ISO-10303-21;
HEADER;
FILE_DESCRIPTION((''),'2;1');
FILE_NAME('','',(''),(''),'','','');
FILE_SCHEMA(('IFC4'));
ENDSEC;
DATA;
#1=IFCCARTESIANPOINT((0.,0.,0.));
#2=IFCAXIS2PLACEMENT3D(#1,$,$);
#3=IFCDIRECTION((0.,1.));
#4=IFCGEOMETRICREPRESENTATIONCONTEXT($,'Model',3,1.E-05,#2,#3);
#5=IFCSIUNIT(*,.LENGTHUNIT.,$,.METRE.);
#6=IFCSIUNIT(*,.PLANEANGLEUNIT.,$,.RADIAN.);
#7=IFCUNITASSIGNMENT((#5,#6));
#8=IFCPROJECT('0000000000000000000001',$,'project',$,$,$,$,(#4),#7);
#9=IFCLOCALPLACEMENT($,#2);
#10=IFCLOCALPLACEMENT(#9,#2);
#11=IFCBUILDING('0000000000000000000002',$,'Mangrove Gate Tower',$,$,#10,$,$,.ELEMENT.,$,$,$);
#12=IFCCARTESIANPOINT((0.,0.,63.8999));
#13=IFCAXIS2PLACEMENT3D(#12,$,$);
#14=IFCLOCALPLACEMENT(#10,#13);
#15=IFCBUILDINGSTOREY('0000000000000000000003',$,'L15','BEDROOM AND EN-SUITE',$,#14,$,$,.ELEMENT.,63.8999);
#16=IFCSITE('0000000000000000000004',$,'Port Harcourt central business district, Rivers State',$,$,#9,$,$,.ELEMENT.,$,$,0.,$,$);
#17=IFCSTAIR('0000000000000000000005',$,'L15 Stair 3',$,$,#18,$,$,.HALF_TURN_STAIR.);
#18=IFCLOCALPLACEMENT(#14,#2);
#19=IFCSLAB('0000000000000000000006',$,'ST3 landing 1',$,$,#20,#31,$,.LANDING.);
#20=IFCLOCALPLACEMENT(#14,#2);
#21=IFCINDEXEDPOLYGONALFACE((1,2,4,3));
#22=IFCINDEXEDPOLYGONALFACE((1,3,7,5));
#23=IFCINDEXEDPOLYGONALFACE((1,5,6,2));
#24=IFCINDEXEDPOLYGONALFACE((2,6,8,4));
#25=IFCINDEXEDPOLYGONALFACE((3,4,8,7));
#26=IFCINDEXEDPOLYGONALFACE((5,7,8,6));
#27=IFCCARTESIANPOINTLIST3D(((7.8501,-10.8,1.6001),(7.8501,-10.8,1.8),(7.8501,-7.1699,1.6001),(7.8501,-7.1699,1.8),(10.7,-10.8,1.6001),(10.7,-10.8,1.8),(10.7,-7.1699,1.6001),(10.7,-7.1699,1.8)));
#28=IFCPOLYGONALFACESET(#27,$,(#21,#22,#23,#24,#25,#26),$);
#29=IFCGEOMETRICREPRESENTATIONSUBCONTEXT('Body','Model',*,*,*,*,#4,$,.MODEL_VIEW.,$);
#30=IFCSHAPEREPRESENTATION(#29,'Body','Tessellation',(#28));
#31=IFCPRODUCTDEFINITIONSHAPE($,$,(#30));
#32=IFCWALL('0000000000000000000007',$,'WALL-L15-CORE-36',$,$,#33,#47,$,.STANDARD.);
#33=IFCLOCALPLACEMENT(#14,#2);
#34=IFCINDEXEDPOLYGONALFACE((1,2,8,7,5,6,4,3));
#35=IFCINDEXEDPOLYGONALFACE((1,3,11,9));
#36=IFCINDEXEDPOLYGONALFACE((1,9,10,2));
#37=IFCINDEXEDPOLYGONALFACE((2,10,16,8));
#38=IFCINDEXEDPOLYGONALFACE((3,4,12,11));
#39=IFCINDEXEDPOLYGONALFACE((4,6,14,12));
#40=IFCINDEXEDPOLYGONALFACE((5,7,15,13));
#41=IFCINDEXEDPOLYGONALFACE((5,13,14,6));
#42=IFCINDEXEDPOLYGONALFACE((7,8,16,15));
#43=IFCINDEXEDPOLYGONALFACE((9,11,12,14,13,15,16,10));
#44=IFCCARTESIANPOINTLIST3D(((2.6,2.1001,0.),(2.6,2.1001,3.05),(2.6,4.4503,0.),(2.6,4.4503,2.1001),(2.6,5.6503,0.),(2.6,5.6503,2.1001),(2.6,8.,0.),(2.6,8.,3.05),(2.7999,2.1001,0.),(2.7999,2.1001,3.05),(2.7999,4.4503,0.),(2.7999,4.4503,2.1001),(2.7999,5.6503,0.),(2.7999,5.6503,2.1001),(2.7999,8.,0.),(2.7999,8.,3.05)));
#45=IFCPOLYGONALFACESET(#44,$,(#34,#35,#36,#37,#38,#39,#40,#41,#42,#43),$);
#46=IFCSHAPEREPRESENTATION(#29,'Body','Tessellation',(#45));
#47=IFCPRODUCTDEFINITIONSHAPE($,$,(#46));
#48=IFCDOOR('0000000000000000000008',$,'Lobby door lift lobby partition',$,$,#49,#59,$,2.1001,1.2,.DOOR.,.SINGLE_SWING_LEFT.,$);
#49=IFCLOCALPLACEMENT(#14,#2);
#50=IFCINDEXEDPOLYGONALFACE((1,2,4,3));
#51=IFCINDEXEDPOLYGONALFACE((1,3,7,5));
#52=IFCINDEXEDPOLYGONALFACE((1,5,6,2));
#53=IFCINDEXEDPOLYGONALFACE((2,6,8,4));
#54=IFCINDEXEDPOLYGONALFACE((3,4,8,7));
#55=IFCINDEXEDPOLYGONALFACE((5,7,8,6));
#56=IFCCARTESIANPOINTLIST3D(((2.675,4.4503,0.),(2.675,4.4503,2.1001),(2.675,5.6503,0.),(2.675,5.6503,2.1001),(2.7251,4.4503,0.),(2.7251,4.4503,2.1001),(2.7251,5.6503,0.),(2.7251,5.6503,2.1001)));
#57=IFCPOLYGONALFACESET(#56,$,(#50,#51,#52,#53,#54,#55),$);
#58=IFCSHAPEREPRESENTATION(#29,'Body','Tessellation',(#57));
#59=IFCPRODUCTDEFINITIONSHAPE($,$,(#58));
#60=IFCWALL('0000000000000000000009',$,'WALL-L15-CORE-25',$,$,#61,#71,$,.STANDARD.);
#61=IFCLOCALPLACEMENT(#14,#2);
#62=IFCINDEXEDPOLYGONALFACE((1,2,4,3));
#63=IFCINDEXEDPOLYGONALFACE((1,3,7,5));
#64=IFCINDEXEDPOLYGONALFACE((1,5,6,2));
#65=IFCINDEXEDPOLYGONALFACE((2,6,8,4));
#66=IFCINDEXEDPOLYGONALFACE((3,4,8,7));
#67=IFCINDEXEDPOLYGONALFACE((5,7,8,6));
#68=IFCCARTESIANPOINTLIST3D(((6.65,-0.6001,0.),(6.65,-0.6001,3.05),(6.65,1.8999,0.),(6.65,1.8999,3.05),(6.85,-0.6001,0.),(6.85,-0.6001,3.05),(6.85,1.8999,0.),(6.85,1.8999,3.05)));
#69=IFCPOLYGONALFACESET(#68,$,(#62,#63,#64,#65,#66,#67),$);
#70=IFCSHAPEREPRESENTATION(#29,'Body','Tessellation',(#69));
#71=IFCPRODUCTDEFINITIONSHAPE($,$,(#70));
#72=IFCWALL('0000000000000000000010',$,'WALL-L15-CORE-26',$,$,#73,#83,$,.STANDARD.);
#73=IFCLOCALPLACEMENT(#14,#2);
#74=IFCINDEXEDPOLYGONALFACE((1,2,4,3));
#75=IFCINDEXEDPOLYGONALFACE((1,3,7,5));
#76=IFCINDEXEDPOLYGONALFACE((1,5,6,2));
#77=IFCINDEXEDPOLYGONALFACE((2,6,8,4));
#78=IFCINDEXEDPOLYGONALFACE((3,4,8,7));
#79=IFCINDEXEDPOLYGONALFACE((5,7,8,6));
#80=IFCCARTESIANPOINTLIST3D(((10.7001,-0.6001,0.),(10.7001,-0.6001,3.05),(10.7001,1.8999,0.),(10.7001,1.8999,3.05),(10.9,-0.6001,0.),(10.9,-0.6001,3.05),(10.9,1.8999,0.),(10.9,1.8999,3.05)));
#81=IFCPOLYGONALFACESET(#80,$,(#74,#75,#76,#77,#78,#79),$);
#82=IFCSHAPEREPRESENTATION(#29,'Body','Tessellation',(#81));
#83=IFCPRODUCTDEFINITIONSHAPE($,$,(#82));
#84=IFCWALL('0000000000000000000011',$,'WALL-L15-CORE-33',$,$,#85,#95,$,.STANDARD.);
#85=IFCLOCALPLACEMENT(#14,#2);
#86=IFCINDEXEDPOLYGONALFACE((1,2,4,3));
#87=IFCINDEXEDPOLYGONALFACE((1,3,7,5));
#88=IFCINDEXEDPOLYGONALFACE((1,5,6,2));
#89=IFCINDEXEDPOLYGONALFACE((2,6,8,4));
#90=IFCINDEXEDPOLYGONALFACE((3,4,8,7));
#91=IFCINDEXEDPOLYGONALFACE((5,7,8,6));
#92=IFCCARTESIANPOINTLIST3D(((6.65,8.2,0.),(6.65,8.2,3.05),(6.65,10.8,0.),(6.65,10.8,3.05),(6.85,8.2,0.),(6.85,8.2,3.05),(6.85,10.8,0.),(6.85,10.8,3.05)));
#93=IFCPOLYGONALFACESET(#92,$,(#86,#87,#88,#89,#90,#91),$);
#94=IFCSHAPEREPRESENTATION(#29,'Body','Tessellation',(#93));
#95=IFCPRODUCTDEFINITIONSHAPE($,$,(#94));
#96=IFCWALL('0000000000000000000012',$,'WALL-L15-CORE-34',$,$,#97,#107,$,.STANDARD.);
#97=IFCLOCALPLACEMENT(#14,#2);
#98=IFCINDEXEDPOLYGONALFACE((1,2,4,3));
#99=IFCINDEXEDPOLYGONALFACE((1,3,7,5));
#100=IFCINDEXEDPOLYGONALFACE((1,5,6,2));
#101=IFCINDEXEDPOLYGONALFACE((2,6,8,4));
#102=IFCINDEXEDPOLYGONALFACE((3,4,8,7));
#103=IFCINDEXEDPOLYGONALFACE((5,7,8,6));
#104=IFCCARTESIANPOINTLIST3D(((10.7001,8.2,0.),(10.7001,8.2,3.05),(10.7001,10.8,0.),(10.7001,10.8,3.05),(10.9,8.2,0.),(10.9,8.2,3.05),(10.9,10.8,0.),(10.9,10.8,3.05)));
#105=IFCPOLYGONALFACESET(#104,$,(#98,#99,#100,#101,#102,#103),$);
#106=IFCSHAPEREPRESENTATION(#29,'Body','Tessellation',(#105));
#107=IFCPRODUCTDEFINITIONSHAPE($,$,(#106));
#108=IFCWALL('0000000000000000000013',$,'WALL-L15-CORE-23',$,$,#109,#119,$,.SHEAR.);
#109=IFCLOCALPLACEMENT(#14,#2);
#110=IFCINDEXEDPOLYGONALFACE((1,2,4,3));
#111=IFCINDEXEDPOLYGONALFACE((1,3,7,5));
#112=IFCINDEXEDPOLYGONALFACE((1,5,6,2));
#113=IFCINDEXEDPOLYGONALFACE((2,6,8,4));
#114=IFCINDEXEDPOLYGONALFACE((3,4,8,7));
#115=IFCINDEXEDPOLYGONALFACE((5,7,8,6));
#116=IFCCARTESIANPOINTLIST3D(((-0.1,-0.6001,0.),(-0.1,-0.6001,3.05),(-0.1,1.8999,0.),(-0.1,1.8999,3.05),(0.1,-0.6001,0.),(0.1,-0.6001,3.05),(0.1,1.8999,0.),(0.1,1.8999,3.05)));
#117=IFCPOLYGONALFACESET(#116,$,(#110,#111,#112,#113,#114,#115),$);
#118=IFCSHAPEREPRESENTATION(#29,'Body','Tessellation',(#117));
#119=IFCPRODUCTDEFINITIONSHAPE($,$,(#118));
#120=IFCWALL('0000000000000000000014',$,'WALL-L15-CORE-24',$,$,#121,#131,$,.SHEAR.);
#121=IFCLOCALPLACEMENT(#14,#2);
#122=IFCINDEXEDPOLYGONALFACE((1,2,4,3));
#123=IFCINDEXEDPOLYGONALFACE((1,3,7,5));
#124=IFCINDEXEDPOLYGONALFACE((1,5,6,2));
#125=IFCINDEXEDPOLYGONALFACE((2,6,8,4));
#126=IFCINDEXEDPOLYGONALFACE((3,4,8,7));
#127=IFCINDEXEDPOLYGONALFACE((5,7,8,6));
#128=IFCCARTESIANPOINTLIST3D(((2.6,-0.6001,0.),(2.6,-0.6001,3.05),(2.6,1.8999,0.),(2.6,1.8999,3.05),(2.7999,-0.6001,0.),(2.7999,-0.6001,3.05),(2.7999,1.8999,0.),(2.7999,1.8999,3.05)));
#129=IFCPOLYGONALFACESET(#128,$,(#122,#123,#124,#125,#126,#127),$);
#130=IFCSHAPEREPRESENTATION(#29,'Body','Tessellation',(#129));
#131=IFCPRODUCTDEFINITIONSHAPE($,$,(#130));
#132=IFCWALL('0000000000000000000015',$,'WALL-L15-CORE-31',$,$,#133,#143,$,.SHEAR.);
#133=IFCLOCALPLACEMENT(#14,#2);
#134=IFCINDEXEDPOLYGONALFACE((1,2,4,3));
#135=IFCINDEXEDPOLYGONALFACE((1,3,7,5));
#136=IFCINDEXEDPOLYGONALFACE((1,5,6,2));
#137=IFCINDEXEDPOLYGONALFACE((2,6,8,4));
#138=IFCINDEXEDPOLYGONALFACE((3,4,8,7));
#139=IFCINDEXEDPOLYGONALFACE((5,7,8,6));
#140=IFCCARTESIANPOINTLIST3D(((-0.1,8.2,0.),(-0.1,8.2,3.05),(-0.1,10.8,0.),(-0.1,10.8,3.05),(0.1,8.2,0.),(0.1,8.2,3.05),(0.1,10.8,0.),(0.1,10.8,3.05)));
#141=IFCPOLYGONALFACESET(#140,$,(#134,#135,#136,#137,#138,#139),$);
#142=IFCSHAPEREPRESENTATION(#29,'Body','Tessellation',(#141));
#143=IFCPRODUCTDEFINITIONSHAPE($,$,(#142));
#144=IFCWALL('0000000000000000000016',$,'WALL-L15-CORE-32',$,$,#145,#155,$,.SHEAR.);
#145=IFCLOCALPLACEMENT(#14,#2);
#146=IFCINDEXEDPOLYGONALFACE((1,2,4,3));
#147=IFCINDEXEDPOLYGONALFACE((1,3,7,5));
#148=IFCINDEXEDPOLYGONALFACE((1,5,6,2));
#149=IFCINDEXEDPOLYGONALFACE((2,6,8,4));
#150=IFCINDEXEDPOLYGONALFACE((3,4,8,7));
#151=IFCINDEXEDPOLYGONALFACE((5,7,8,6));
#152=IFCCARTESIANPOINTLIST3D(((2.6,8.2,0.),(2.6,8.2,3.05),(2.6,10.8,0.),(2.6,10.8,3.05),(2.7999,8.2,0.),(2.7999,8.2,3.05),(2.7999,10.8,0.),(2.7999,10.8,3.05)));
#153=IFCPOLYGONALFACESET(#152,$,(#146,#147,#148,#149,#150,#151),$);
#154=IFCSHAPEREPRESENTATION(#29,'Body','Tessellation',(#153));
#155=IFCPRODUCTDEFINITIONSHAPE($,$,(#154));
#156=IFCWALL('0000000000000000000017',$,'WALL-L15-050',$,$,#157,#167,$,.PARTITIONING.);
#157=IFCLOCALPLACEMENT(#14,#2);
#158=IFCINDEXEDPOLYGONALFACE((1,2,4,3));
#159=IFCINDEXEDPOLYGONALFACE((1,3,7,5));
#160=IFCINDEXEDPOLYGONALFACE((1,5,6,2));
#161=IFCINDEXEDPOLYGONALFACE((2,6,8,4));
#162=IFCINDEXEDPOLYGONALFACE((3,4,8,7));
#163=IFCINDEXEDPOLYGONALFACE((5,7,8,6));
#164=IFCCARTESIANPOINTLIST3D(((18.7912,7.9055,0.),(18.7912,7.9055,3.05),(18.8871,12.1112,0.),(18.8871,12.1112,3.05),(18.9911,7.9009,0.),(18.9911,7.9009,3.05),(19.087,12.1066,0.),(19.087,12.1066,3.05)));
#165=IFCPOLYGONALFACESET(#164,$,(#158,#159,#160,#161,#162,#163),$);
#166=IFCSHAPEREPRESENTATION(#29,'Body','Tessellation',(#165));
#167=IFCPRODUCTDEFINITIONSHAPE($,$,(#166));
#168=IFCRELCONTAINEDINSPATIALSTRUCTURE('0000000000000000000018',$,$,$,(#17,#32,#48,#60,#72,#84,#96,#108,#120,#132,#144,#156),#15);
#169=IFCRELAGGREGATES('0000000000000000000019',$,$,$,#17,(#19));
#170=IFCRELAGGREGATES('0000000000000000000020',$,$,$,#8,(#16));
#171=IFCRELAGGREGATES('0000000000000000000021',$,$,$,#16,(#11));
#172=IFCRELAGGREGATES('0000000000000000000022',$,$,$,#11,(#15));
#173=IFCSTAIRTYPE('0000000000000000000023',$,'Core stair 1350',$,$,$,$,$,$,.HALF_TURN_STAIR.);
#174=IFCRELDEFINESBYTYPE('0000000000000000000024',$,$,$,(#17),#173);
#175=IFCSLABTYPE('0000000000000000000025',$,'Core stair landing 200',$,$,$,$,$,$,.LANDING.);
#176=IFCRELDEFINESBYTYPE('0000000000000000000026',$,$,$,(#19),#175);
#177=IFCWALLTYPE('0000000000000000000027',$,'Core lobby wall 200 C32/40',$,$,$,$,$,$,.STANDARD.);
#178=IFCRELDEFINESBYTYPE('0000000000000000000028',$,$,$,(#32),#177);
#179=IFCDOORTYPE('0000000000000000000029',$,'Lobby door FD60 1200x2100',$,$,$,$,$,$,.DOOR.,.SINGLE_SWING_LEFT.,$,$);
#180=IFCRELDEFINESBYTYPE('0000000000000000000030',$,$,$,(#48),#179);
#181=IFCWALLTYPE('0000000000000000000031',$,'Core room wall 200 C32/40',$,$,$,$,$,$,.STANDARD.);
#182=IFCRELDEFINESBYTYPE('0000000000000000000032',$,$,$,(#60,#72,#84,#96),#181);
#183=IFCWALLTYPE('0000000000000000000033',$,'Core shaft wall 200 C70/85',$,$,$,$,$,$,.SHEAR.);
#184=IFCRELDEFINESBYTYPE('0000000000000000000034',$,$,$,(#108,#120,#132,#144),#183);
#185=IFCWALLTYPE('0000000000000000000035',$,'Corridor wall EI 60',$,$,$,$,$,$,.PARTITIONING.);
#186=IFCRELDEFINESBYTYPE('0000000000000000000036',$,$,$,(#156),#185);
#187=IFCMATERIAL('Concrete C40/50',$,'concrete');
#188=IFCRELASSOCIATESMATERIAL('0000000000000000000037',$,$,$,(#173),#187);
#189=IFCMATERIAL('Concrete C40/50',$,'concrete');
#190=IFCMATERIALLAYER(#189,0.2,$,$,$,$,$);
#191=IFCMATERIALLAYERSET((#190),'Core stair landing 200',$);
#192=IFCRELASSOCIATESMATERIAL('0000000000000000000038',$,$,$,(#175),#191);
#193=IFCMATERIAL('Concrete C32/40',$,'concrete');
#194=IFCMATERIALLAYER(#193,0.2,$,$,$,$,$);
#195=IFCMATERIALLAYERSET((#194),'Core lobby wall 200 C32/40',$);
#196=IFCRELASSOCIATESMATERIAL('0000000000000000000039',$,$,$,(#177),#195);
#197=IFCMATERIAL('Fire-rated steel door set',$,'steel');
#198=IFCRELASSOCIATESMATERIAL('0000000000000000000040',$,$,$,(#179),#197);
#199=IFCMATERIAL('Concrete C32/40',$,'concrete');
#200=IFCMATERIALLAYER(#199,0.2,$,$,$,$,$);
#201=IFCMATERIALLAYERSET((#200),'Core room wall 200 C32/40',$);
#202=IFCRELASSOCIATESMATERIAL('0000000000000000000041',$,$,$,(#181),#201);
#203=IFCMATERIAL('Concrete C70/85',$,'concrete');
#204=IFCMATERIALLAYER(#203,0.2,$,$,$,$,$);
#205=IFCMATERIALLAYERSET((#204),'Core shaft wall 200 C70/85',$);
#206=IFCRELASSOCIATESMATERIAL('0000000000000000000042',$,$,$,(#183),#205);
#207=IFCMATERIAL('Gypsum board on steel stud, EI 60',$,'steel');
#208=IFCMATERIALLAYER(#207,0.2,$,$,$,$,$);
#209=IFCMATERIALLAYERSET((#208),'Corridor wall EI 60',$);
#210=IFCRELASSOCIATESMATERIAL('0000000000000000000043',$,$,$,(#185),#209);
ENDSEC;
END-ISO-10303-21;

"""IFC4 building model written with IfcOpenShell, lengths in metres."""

from ifc_helpers import new_model, si_unit, direction, frame, frame_2d, origin, place, context, subcontext, project, spatial, polyline, rectangle, outline, extrude, material, layer, layer_set, type_object, element, fill, aggregate, save


model = new_model("IFC4")

# Units and contexts
model_context = context("Model", 3, precision=1e-05, world=origin(), true_north=direction((0.0, 1.0)))
body_context = subcontext(model_context, "Body", "Model", "MODEL_VIEW")
ifc_project = project(units=[si_unit("LENGTHUNIT", "METRE"), si_unit("PLANEANGLEUNIT", "RADIAN")], contexts=[model_context])

# Site, building, storey
site_placement = place(None, origin())
site = spatial("IfcSite", under=ifc_project, at=site_placement, Name="Port Harcourt central business district, Rivers State", CompositionType="ELEMENT", RefElevation=0.0)
building_placement = place(site_placement, origin())
building = spatial("IfcBuilding", under=site, at=building_placement, Name="Mangrove Gate Tower", CompositionType="ELEMENT")
storey_placement = place(building_placement, frame((0.0, 0.0, 63.8999)))
storey = spatial("IfcBuildingStorey", under=building, at=storey_placement, Name="L15", Description="BEDROOM AND EN-SUITE", CompositionType="ELEMENT", Elevation=63.8999)

# Stair, slab
ifc_material_1 = material(Name="Concrete C40/50", Category="concrete")
stair_type = type_object("IfcStairType", Name="Core stair 1350", PredefinedType="HALF_TURN_STAIR", material=ifc_material_1)
ifc_material_2 = material(Name="Concrete C40/50", Category="concrete")
ifc_layer_1 = layer(ifc_material_2, 0.2)
ifc_layer_set_1 = layer_set([ifc_layer_1], Name="Core stair landing 200")
slab_type_1 = type_object("IfcSlabType", Name="Core stair landing 200", PredefinedType="LANDING", material=ifc_layer_set_1)
stair_1_placement = place(storey_placement, origin())
stair_1 = element("IfcStair", 1, at=stair_1_placement, inside=storey, type_object=stair_type, Name="L15 Stair 3", PredefinedType="HALF_TURN_STAIR")
slab_1_placement = place(storey_placement, frame((0.0, 0.0, 1.6001)))
slab_1 = element("IfcSlab", 2, at=slab_1_placement, type_object=slab_type_1, Name="ST3 landing 1", PredefinedType="LANDING", context=body_context, shape_type="SweptSolid", body=[
    extrude(outline(polyline([(7.8501, -7.1699), (7.8501, -10.8), (10.7, -10.8), (10.7, -7.1699), (7.8501, -7.1699)])), origin(), (0.0, 0.0, 1.0), 0.2),
])
aggregate(stair_1, [slab_1])

# Wall, opening, door
ifc_material_3 = material(Name="Concrete C32/40", Category="concrete")
ifc_layer_2 = layer(ifc_material_3, 0.2)
ifc_layer_set_2 = layer_set([ifc_layer_2], Name="Core lobby wall 200 C32/40")
wall_type_1 = type_object("IfcWallType", Name="Core lobby wall 200 C32/40", PredefinedType="STANDARD", material=ifc_layer_set_2)
wall_1_placement = place(storey_placement, frame((2.7, 2.1001, 0.0), z_axis=(0.0, 0.0, 1.0), x_axis=(0.0, 1.0, 0.0)))
wall_1 = element("IfcWall", 3, at=wall_1_placement, inside=storey, type_object=wall_type_1, Name="WALL-L15-CORE-36", PredefinedType="STANDARD", context=body_context, shape_type="SweptSolid", body=[
    extrude(rectangle(XDim=5.8999, YDim=0.2, at=frame_2d((2.95, 0.0))), origin(), (0.0, 0.0, 1.0), 3.05),
])
opening_1_placement = place(wall_1_placement, frame((2.3501, 0.0, 0.0)))
opening_1 = element("IfcOpeningElement", 4, at=opening_1_placement, cuts=wall_1, PredefinedType="OPENING", context=body_context, shape_type="SweptSolid", body=[
    extrude(rectangle(XDim=1.2, YDim=2.1001, at=frame_2d((0.6001, 1.05))), frame((0.0, 0.1099, 0.0), z_axis=(0.0, -1.0, 0.0), x_axis=(1.0, 0.0, 0.0)), (0.0, 0.0, 1.0), 0.22),
])
ifc_material_4 = material(Name="Fire-rated steel door set", Category="steel")
door_type_1 = type_object("IfcDoorType", Name="Lobby door FD60 1200x2100", OperationType="SINGLE_SWING_LEFT", PredefinedType="DOOR", material=ifc_material_4)
door_1_placement = place(opening_1_placement, origin())
door_1 = element("IfcDoor", 5, at=door_1_placement, inside=storey, type_object=door_type_1, Name="Lobby door lift lobby partition", OperationType="SINGLE_SWING_LEFT", OverallHeight=2.1001, OverallWidth=1.2, PredefinedType="DOOR", context=body_context, shape_type="SweptSolid", body=[
    extrude(rectangle(XDim=1.2, YDim=2.1001, at=frame_2d((0.6001, 1.05))), frame((0.0, 0.0249, 0.0), z_axis=(0.0, -1.0, 0.0), x_axis=(1.0, 0.0, 0.0)), (0.0, 0.0, 1.0), 0.05),
])
fill(opening_1, door_1)

# Walls
ifc_material_5 = material(Name="Concrete C32/40", Category="concrete")
ifc_layer_3 = layer(ifc_material_5, 0.2)
ifc_layer_set_3 = layer_set([ifc_layer_3], Name="Core room wall 200 C32/40")
wall_type_2 = type_object("IfcWallType", Name="Core room wall 200 C32/40", PredefinedType="STANDARD", material=ifc_layer_set_3)
for number, where, z_axis, x_axis, name in (
    (6, (6.75, -0.6001, 0.0), (0.0, 0.0, 1.0), (0.0, 1.0, 0.0), "WALL-L15-CORE-25"),
    (7, (10.8, -0.6001, 0.0), (0.0, 0.0, 1.0), (0.0, 1.0, 0.0), "WALL-L15-CORE-26"),
):
    element("IfcWall", number, at=place(storey_placement, frame(where, z_axis=z_axis, x_axis=x_axis)), inside=storey, type_object=wall_type_2, Name=name, PredefinedType="STANDARD", context=body_context, shape_type="SweptSolid", body=[
        extrude(rectangle(XDim=2.5, YDim=0.2, at=frame_2d((1.25, 0.0))), origin(), (0.0, 0.0, 1.0), 3.05),
    ])
for number, where, z_axis, x_axis, name in (
    (8, (6.75, 8.2, 0.0), (0.0, 0.0, 1.0), (0.0, 1.0, 0.0), "WALL-L15-CORE-33"),
    (9, (10.8, 8.2, 0.0), (0.0, 0.0, 1.0), (0.0, 1.0, 0.0), "WALL-L15-CORE-34"),
):
    element("IfcWall", number, at=place(storey_placement, frame(where, z_axis=z_axis, x_axis=x_axis)), inside=storey, type_object=wall_type_2, Name=name, PredefinedType="STANDARD", context=body_context, shape_type="SweptSolid", body=[
        extrude(rectangle(XDim=2.6001, YDim=0.2, at=frame_2d((1.3, 0.0))), origin(), (0.0, 0.0, 1.0), 3.05),
    ])
ifc_material_6 = material(Name="Concrete C70/85", Category="concrete")
ifc_layer_4 = layer(ifc_material_6, 0.2)
ifc_layer_set_4 = layer_set([ifc_layer_4], Name="Core shaft wall 200 C70/85")
wall_type_3 = type_object("IfcWallType", Name="Core shaft wall 200 C70/85", PredefinedType="SHEAR", material=ifc_layer_set_4)
for number, where, z_axis, x_axis, name in (
    (10, (0.0, -0.6001, 0.0), (0.0, 0.0, 1.0), (0.0, 1.0, 0.0), "WALL-L15-CORE-23"),
    (11, (2.7, -0.6001, 0.0), (0.0, 0.0, 1.0), (0.0, 1.0, 0.0), "WALL-L15-CORE-24"),
):
    element("IfcWall", number, at=place(storey_placement, frame(where, z_axis=z_axis, x_axis=x_axis)), inside=storey, type_object=wall_type_3, Name=name, PredefinedType="SHEAR", context=body_context, shape_type="SweptSolid", body=[
        extrude(rectangle(XDim=2.5, YDim=0.2, at=frame_2d((1.25, 0.0))), origin(), (0.0, 0.0, 1.0), 3.05),
    ])
for number, where, z_axis, x_axis, name in (
    (12, (0.0, 8.2, 0.0), (0.0, 0.0, 1.0), (0.0, 1.0, 0.0), "WALL-L15-CORE-31"),
    (13, (2.7, 8.2, 0.0), (0.0, 0.0, 1.0), (0.0, 1.0, 0.0), "WALL-L15-CORE-32"),
):
    element("IfcWall", number, at=place(storey_placement, frame(where, z_axis=z_axis, x_axis=x_axis)), inside=storey, type_object=wall_type_3, Name=name, PredefinedType="SHEAR", context=body_context, shape_type="SweptSolid", body=[
        extrude(rectangle(XDim=2.6001, YDim=0.2, at=frame_2d((1.3, 0.0))), origin(), (0.0, 0.0, 1.0), 3.05),
    ])
ifc_material_7 = material(Name="Gypsum board on steel stud, EI 60", Category="steel")
ifc_layer_5 = layer(ifc_material_7, 0.2)
ifc_layer_set_5 = layer_set([ifc_layer_5], Name="Corridor wall EI 60")
wall_type_4 = type_object("IfcWallType", Name="Corridor wall EI 60", PredefinedType="PARTITIONING", material=ifc_layer_set_5)
wall_2_placement = place(storey_placement, frame((18.8911, 7.9031, 0.0), z_axis=(0.0, 0.0, 1.0), x_axis=(0.022807, 0.99974, 0.0)))
element("IfcWall", 14, at=wall_2_placement, inside=storey, type_object=wall_type_4, Name="WALL-L15-050", PredefinedType="PARTITIONING", context=body_context, shape_type="SweptSolid", body=[
    extrude(rectangle(XDim=4.2068, YDim=0.2, at=frame_2d((2.1035, 0.0))), origin(), (0.0, 0.0, 1.0), 3.05),
])

save(model, "model.ifc")
